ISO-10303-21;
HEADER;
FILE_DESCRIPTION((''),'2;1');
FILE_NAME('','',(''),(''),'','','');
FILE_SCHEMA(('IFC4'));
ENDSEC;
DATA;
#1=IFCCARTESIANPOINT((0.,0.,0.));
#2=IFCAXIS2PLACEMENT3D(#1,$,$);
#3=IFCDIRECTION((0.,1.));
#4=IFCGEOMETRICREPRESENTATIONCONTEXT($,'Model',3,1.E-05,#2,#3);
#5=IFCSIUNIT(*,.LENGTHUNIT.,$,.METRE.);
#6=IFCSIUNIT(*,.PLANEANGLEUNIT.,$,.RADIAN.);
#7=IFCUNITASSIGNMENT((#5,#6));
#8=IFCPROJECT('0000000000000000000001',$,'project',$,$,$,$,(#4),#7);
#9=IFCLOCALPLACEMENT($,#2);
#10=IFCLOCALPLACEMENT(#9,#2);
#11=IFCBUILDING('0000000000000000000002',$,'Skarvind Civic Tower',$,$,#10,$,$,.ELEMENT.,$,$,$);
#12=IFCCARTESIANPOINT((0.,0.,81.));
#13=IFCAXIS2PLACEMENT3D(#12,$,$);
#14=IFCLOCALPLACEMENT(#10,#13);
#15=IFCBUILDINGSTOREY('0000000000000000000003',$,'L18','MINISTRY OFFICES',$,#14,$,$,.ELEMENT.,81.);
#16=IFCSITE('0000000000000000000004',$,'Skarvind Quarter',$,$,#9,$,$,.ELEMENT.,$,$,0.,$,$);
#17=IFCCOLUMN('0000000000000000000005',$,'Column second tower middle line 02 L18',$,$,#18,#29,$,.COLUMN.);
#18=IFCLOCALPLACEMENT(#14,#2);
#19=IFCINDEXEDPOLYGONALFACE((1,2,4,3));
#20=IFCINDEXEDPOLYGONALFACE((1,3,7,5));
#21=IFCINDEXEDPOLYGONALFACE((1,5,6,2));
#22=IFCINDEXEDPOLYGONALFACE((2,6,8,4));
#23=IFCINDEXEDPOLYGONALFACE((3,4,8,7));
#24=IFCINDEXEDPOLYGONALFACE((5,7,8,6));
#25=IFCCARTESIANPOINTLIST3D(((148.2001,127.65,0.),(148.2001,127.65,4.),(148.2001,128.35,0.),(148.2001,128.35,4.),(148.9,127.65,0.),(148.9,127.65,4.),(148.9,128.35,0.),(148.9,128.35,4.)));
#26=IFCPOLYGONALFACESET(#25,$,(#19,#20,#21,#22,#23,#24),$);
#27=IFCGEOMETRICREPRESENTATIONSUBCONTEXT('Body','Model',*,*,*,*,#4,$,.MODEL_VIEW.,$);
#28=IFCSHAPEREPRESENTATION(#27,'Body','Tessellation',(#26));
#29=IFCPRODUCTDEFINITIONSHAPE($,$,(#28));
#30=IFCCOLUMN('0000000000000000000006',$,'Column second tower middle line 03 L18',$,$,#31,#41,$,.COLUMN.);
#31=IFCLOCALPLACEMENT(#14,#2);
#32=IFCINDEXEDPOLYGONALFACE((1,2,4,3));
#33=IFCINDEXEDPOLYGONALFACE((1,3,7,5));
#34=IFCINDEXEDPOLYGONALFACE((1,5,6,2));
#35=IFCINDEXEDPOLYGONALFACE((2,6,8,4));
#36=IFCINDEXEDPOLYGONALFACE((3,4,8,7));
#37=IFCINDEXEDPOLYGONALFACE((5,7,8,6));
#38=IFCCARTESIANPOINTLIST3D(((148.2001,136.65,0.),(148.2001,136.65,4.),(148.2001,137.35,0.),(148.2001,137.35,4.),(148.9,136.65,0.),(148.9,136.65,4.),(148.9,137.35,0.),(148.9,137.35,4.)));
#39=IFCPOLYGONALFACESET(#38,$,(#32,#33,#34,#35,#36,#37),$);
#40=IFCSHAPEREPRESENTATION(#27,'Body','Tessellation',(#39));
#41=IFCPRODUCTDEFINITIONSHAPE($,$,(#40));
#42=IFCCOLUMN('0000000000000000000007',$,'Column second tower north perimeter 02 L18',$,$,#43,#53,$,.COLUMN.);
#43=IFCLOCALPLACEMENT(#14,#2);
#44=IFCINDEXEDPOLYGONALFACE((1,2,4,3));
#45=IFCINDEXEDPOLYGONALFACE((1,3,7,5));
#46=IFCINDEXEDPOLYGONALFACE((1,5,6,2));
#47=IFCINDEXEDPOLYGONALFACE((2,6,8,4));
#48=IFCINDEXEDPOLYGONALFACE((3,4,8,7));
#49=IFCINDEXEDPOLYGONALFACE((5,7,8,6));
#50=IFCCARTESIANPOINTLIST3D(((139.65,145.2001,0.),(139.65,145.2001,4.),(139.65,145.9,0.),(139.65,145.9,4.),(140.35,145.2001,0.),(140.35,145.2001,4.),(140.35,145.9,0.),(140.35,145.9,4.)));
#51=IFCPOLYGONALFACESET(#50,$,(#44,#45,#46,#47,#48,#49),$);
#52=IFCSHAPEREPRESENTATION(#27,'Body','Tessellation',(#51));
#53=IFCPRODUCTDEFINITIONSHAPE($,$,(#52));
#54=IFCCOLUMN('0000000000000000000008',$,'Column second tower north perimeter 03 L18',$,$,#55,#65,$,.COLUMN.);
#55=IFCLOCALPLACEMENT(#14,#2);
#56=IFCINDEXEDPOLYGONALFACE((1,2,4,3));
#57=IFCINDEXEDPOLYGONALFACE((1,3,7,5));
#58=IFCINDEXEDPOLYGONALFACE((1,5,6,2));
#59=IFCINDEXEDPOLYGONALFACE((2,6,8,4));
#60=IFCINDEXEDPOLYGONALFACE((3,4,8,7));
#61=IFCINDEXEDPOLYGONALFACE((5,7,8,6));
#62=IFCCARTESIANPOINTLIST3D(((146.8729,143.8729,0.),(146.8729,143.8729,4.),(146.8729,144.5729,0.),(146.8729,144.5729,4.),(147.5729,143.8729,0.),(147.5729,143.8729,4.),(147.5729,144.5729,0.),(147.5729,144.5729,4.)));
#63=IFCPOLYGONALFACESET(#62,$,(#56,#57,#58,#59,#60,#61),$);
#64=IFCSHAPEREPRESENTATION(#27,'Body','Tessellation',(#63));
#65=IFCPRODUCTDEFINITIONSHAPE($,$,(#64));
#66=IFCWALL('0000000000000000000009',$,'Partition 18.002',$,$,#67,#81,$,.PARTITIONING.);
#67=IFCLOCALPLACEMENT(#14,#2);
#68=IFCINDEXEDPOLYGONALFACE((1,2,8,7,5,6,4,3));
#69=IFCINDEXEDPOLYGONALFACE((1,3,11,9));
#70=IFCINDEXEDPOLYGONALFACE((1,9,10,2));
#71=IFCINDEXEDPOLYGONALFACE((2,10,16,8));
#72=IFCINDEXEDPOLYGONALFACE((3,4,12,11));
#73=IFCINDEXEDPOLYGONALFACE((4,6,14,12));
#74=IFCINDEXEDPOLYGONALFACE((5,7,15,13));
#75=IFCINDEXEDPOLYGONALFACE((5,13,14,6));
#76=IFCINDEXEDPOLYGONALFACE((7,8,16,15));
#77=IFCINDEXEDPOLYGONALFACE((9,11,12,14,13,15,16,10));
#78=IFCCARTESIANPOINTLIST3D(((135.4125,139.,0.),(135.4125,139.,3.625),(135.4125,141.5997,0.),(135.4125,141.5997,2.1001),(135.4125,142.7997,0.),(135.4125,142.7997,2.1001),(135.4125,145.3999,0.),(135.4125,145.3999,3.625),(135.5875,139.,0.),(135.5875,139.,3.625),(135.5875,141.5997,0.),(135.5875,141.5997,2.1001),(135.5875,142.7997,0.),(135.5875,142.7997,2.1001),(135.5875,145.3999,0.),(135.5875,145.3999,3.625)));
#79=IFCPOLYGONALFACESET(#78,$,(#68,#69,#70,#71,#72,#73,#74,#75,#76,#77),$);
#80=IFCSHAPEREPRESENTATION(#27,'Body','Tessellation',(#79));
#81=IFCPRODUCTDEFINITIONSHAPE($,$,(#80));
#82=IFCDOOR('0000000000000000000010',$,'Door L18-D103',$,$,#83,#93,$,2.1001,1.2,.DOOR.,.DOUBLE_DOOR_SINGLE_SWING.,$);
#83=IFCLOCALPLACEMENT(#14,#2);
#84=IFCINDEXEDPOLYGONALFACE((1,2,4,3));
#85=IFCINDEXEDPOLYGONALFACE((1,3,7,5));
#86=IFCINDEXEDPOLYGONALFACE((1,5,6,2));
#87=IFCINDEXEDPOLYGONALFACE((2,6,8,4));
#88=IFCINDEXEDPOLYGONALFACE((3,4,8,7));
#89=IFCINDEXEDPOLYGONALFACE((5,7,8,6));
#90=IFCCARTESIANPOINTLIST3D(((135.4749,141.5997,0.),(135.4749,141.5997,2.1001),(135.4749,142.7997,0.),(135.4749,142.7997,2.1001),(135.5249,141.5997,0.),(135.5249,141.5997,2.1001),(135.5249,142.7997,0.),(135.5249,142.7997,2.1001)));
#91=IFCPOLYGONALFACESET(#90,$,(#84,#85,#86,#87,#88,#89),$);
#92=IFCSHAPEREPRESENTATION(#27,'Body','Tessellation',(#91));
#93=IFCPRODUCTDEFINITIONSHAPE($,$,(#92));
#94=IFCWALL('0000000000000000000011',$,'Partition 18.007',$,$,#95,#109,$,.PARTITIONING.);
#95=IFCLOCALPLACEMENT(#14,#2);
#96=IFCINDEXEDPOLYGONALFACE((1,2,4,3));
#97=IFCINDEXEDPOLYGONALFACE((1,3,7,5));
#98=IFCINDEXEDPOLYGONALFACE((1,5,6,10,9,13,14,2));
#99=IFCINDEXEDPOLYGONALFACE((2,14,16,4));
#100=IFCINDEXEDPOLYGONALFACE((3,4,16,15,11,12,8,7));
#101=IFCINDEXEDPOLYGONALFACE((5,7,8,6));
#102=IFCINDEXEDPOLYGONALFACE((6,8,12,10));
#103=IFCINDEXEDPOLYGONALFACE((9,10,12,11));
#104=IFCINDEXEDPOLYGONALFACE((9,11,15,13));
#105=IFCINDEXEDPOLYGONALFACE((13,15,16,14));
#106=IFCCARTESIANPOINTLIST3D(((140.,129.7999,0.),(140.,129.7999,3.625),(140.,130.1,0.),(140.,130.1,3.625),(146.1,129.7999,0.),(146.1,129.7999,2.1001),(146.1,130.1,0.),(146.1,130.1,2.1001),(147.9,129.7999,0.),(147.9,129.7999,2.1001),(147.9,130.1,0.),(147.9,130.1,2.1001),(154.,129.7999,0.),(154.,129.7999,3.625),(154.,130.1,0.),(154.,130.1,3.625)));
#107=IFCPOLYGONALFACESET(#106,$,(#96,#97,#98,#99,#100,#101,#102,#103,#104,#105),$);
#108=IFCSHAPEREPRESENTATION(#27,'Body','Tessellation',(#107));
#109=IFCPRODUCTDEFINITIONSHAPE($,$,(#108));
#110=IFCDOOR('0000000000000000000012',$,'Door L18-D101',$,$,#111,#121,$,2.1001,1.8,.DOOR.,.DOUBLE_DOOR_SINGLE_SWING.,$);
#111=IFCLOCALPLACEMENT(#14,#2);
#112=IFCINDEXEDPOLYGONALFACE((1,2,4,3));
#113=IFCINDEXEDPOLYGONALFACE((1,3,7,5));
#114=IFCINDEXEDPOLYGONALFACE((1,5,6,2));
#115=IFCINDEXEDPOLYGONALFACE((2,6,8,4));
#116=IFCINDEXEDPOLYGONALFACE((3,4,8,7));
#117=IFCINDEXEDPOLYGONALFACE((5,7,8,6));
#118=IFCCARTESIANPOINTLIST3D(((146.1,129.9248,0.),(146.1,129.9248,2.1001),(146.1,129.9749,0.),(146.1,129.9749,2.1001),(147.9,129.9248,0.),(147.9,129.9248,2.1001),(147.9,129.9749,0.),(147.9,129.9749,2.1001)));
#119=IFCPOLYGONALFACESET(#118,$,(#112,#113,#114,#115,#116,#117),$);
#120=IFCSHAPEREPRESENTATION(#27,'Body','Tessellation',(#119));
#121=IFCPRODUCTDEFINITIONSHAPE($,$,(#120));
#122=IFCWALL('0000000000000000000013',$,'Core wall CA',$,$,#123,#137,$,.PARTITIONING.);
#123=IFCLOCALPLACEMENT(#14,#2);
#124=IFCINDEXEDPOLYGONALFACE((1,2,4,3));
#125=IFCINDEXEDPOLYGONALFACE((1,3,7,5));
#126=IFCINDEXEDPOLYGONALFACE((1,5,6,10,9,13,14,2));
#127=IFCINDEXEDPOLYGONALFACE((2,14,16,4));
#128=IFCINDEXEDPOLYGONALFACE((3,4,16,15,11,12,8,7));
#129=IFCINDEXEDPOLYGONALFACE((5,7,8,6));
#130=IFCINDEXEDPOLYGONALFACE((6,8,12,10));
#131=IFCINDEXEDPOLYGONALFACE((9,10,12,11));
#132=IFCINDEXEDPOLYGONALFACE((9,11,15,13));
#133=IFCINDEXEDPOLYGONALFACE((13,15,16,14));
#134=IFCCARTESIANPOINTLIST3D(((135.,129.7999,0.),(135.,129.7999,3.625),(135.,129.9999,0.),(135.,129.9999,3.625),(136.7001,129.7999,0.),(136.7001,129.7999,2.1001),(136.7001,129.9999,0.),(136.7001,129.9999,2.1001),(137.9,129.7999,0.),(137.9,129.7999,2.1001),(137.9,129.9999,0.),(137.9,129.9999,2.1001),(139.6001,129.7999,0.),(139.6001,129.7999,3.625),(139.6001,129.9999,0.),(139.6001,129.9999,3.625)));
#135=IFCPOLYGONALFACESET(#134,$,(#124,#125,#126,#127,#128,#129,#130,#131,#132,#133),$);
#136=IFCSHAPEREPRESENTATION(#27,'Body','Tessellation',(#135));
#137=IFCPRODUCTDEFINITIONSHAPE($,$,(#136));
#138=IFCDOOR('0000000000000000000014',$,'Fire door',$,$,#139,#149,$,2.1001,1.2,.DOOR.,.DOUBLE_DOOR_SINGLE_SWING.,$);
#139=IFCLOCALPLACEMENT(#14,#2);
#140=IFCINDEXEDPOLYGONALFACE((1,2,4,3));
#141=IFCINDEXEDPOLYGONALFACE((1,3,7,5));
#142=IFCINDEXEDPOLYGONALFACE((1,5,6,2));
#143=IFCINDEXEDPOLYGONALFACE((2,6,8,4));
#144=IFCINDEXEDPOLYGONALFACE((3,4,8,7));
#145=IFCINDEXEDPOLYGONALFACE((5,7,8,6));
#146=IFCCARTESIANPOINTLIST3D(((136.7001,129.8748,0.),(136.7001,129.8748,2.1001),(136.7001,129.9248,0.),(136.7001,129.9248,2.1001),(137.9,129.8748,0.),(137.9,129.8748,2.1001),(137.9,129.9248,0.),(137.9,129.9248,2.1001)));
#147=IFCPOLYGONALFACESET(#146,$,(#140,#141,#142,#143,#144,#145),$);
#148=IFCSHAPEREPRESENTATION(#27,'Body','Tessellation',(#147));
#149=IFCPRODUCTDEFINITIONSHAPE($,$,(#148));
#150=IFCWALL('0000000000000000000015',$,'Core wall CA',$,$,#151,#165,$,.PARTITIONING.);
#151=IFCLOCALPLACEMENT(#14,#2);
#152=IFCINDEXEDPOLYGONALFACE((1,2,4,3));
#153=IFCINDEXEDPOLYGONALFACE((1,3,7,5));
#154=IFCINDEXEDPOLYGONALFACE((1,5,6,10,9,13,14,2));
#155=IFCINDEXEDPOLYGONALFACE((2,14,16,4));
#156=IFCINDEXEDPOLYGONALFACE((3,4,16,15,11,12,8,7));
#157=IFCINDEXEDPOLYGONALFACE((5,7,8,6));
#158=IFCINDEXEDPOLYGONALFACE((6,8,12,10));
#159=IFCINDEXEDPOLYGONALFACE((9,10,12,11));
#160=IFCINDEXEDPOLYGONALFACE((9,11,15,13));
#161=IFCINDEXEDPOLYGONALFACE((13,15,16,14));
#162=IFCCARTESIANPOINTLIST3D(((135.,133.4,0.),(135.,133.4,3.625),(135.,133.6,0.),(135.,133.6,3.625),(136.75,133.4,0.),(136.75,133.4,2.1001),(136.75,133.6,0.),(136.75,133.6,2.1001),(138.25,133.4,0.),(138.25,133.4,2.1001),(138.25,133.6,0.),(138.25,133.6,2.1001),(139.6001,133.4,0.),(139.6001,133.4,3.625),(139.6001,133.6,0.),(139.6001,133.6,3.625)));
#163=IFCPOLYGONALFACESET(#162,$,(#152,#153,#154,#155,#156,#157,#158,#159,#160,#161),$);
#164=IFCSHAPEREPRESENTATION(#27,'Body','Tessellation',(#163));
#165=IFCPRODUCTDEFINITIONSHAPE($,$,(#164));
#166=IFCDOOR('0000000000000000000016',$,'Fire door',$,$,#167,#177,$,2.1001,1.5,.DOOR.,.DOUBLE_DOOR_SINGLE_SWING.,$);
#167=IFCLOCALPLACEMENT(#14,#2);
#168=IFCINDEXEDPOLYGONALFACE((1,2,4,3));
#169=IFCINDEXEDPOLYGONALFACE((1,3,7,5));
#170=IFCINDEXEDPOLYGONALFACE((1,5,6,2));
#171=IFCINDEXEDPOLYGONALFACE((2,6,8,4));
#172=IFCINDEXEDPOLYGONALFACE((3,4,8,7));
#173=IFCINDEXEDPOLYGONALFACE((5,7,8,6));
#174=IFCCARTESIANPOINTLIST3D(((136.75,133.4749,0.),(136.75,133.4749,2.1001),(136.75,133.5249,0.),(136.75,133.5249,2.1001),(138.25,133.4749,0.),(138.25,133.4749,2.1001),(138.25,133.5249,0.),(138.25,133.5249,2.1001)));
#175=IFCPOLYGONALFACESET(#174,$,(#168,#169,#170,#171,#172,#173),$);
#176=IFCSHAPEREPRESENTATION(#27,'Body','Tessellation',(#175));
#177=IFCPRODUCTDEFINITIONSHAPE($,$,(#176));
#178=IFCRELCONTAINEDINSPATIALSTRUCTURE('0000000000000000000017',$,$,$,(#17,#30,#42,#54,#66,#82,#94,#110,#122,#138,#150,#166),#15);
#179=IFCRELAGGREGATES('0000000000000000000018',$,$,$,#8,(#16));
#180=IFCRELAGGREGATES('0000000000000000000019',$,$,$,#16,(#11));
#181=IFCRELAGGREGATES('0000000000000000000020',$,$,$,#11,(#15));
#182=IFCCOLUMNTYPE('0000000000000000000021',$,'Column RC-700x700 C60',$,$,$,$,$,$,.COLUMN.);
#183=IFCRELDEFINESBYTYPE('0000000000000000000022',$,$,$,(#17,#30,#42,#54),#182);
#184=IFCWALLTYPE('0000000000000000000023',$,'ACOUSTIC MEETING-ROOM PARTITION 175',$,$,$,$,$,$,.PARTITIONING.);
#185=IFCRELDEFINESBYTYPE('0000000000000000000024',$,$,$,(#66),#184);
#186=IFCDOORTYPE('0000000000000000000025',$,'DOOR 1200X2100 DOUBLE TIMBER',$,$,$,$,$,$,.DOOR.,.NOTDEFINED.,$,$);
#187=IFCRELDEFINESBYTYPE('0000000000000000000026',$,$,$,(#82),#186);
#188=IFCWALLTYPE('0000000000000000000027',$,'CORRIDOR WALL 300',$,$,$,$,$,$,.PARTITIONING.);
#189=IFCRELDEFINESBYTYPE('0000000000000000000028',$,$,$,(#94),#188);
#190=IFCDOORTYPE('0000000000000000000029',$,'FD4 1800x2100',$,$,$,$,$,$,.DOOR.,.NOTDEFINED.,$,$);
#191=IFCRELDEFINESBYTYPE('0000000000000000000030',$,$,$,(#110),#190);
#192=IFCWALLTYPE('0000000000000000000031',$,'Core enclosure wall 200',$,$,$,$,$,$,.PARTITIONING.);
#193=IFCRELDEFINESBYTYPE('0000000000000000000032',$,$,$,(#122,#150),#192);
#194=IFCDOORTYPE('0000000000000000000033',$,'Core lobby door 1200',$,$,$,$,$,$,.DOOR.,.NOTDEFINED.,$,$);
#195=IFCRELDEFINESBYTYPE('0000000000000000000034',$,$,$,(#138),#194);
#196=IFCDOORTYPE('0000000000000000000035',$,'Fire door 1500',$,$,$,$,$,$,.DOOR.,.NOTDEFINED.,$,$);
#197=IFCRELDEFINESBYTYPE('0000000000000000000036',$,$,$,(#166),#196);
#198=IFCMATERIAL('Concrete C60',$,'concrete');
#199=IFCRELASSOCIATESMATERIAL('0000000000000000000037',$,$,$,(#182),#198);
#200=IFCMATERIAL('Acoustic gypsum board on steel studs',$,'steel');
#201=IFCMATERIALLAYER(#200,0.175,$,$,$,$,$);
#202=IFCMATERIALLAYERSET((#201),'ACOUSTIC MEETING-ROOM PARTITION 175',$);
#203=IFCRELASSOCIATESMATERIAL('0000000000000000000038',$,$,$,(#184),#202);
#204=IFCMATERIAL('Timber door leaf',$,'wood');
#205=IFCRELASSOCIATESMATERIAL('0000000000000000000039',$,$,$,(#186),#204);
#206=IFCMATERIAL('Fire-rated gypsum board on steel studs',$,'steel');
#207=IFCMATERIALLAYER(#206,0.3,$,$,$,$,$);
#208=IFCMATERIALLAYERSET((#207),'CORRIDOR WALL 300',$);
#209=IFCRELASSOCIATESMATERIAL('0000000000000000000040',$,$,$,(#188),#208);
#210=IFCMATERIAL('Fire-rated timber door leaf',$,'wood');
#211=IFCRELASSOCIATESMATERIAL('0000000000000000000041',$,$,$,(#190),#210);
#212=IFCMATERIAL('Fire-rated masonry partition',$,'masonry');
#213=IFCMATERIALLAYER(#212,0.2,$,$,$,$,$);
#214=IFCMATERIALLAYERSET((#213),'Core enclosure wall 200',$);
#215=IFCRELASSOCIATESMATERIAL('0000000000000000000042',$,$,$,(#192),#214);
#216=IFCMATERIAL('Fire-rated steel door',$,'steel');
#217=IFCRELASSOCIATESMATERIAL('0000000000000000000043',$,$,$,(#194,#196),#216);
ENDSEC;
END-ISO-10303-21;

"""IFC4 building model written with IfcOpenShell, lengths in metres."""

from ifc_helpers import new_model, si_unit, direction, frame, frame_2d, origin, origin_2d, place, context, subcontext, project, spatial, rectangle, extrude, material, layer, layer_set, material_profile, profile_set, type_object, element, fill, save


model = new_model("IFC4")

# Units and contexts
model_context = context("Model", 3, precision=1e-05, world=origin(), true_north=direction((0.0, 1.0)))
body_context = subcontext(model_context, "Body", "Model", "MODEL_VIEW")
ifc_project = project(units=[si_unit("LENGTHUNIT", "METRE"), si_unit("PLANEANGLEUNIT", "RADIAN")], contexts=[model_context])

# Site, building, storey
site_placement = place(None, origin())
site = spatial("IfcSite", under=ifc_project, at=site_placement, Name="Skarvind Quarter", CompositionType="ELEMENT", RefElevation=0.0)
building_placement = place(site_placement, origin())
building = spatial("IfcBuilding", under=site, at=building_placement, Name="Skarvind Civic Tower", CompositionType="ELEMENT")
storey_placement = place(building_placement, frame((0.0, 0.0, 81.0)))
storey = spatial("IfcBuildingStorey", under=building, at=storey_placement, Name="L18", Description="MINISTRY OFFICES", CompositionType="ELEMENT", Elevation=81.0)

# Columns
ifc_material_1 = material(Name="Concrete C60", Category="concrete")
ifc_material_profile = material_profile(ifc_material_1, rectangle(XDim=0.7, YDim=0.7, at=origin_2d()), Name="RC-700x700")
ifc_profile_set = profile_set([ifc_material_profile], Name="Concrete C60")
column_type = type_object("IfcColumnType", Name="Column RC-700x700 C60", PredefinedType="COLUMN", material=ifc_profile_set)
for number, where, z_axis, x_axis, name in (
    (1, (148.55, 128.0, 0.0), (0.0, 0.0, 1.0), (1.0, 0.0, 0.0), "Column second tower middle line 02 L18"),
    (2, (148.55, 137.0, 0.0), (0.0, 0.0, 1.0), (1.0, 0.0, 0.0), "Column second tower middle line 03 L18"),
    (3, (140.0, 145.55, 0.0), (0.0, 0.0, 1.0), (1.0, 0.0, 0.0), "Column second tower north perimeter 02 L18"),
    (4, (147.2229, 144.2229, 0.0), (0.0, 0.0, 1.0), (1.0, 0.0, 0.0), "Column second tower north perimeter 03 L18"),
):
    element("IfcColumn", number, at=place(storey_placement, frame(where, z_axis=z_axis, x_axis=x_axis)), inside=storey, type_object=column_type, Name=name, PredefinedType="COLUMN", context=body_context, shape_type="SweptSolid", body=[
        extrude(rectangle(XDim=0.7, YDim=0.7, at=origin_2d()), origin(), (0.0, 0.0, 1.0), 4.0),
    ])

# Walls, openings, doors
ifc_material_2 = material(Name="Acoustic gypsum board on steel studs", Category="steel")
ifc_layer_1 = layer(ifc_material_2, 0.175)
ifc_layer_set_1 = layer_set([ifc_layer_1], Name="ACOUSTIC MEETING-ROOM PARTITION 175")
wall_type_1 = type_object("IfcWallType", Name="ACOUSTIC MEETING-ROOM PARTITION 175", PredefinedType="PARTITIONING", material=ifc_layer_set_1)
wall_1_placement = place(storey_placement, frame((135.5, 145.3999, 0.0), z_axis=(0.0, 0.0, 1.0), x_axis=(0.0, -1.0, 0.0)))
wall_1 = element("IfcWall", 5, at=wall_1_placement, inside=storey, type_object=wall_type_1, Name="Partition 18.002", PredefinedType="PARTITIONING", context=body_context, shape_type="SweptSolid", body=[
    extrude(rectangle(XDim=6.3999, YDim=0.175, at=frame_2d((3.2, 0.0))), origin(), (0.0, 0.0, 1.0), 3.625),
])
opening_1_placement = place(wall_1_placement, frame((2.6001, 0.0, 0.0)))
opening_1 = element("IfcOpeningElement", 6, at=opening_1_placement, cuts=wall_1, PredefinedType="OPENING", context=body_context, shape_type="SweptSolid", body=[
    extrude(rectangle(XDim=1.2, YDim=2.1001, at=frame_2d((0.6001, 1.05))), frame((0.0, 0.0974, 0.0), z_axis=(0.0, -1.0, 0.0), x_axis=(1.0, 0.0, 0.0)), (0.0, 0.0, 1.0), 0.1951),
])
ifc_material_3 = material(Name="Timber door leaf", Category="wood")
door_type_1 = type_object("IfcDoorType", Name="DOOR 1200X2100 DOUBLE TIMBER", OperationType="NOTDEFINED", PredefinedType="DOOR", material=ifc_material_3)
door_1_placement = place(opening_1_placement, origin())
door_1 = element("IfcDoor", 7, at=door_1_placement, inside=storey, type_object=door_type_1, Name="Door L18-D103", OperationType="DOUBLE_DOOR_SINGLE_SWING", OverallHeight=2.1001, OverallWidth=1.2, PredefinedType="DOOR", context=body_context, shape_type="SweptSolid", body=[
    extrude(rectangle(XDim=1.2, YDim=2.1001, at=frame_2d((0.6001, 1.05))), frame((0.0, 0.0249, 0.0), z_axis=(0.0, -1.0, 0.0), x_axis=(1.0, 0.0, 0.0)), (0.0, 0.0, 1.0), 0.05),
])
fill(opening_1, door_1)
ifc_material_4 = material(Name="Fire-rated gypsum board on steel studs", Category="steel")
ifc_layer_2 = layer(ifc_material_4, 0.3)
ifc_layer_set_2 = layer_set([ifc_layer_2], Name="CORRIDOR WALL 300")
wall_type_2 = type_object("IfcWallType", Name="CORRIDOR WALL 300", PredefinedType="PARTITIONING", material=ifc_layer_set_2)
wall_2_placement = place(storey_placement, frame((140.0, 129.95, 0.0), z_axis=(0.0, 0.0, 1.0), x_axis=(1.0, 0.0, 0.0)))
wall_2 = element("IfcWall", 8, at=wall_2_placement, inside=storey, type_object=wall_type_2, Name="Partition 18.007", PredefinedType="PARTITIONING", context=body_context, shape_type="SweptSolid", body=[
    extrude(rectangle(XDim=14.0, YDim=0.3, at=frame_2d((7.0, 0.0))), origin(), (0.0, 0.0, 1.0), 3.625),
])
opening_2_placement = place(wall_2_placement, frame((6.1001, 0.0, 0.0)))
opening_2 = element("IfcOpeningElement", 9, at=opening_2_placement, cuts=wall_2, PredefinedType="OPENING", context=body_context, shape_type="SweptSolid", body=[
    extrude(rectangle(XDim=1.8, YDim=2.1001, at=frame_2d((0.8999, 1.05))), frame((0.0, 0.1599, 0.0), z_axis=(0.0, -1.0, 0.0), x_axis=(1.0, 0.0, 0.0)), (0.0, 0.0, 1.0), 0.3201),
])
ifc_material_5 = material(Name="Fire-rated timber door leaf", Category="wood")
door_type_2 = type_object("IfcDoorType", Name="FD4 1800x2100", OperationType="NOTDEFINED", PredefinedType="DOOR", material=ifc_material_5)
door_2_placement = place(opening_2_placement, origin())
door_2 = element("IfcDoor", 10, at=door_2_placement, inside=storey, type_object=door_type_2, Name="Door L18-D101", OperationType="DOUBLE_DOOR_SINGLE_SWING", OverallHeight=2.1001, OverallWidth=1.8, PredefinedType="DOOR", context=body_context, shape_type="SweptSolid", body=[
    extrude(rectangle(XDim=1.8, YDim=2.1001, at=frame_2d((0.8999, 1.05))), frame((0.0, 0.0249, 0.0), z_axis=(0.0, -1.0, 0.0), x_axis=(1.0, 0.0, 0.0)), (0.0, 0.0, 1.0), 0.05),
])
fill(opening_2, door_2)
ifc_material_6 = material(Name="Fire-rated masonry partition", Category="masonry")
ifc_layer_3 = layer(ifc_material_6, 0.2)
ifc_layer_set_3 = layer_set([ifc_layer_3], Name="Core enclosure wall 200")
wall_type_3 = type_object("IfcWallType", Name="Core enclosure wall 200", PredefinedType="PARTITIONING", material=ifc_layer_set_3)
wall_3_placement = place(storey_placement, frame((135.0, 129.8999, 0.0), z_axis=(0.0, 0.0, 1.0), x_axis=(1.0, 0.0, 0.0)))
wall_3 = element("IfcWall", 11, at=wall_3_placement, inside=storey, type_object=wall_type_3, Name="Core wall CA", PredefinedType="PARTITIONING", context=body_context, shape_type="SweptSolid", body=[
    extrude(rectangle(XDim=4.6001, YDim=0.2, at=frame_2d((2.3, 0.0))), origin(), (0.0, 0.0, 1.0), 3.625),
])
opening_3_placement = place(wall_3_placement, frame((1.7, 0.0, 0.0)))
opening_3 = element("IfcOpeningElement", 12, at=opening_3_placement, cuts=wall_3, PredefinedType="OPENING", context=body_context, shape_type="SweptSolid", body=[
    extrude(rectangle(XDim=1.2, YDim=2.1001, at=frame_2d((0.6001, 1.05))), frame((0.0, 0.1099, 0.0), z_axis=(0.0, -1.0, 0.0), x_axis=(1.0, 0.0, 0.0)), (0.0, 0.0, 1.0), 0.22),
])
ifc_material_7 = material(Name="Fire-rated steel door", Category="steel")
door_type_3 = type_object("IfcDoorType", Name="Core lobby door 1200", OperationType="NOTDEFINED", PredefinedType="DOOR", material=ifc_material_7)
door_3_placement = place(opening_3_placement, origin())
door_3 = element("IfcDoor", 13, at=door_3_placement, inside=storey, type_object=door_type_3, Name="Fire door", OperationType="DOUBLE_DOOR_SINGLE_SWING", OverallHeight=2.1001, OverallWidth=1.2, PredefinedType="DOOR", context=body_context, shape_type="SweptSolid", body=[
    extrude(rectangle(XDim=1.2, YDim=2.1001, at=frame_2d((0.6001, 1.05))), frame((0.0, 0.0249, 0.0), z_axis=(0.0, -1.0, 0.0), x_axis=(1.0, 0.0, 0.0)), (0.0, 0.0, 1.0), 0.05),
])
fill(opening_3, door_3)
wall_4_placement = place(storey_placement, frame((135.0, 133.5, 0.0), z_axis=(0.0, 0.0, 1.0), x_axis=(1.0, 0.0, 0.0)))
wall_4 = element("IfcWall", 14, at=wall_4_placement, inside=storey, type_object=wall_type_3, Name="Core wall CA", PredefinedType="PARTITIONING", context=body_context, shape_type="SweptSolid", body=[
    extrude(rectangle(XDim=4.6001, YDim=0.2, at=frame_2d((2.3, 0.0))), origin(), (0.0, 0.0, 1.0), 3.625),
])
opening_4_placement = place(wall_4_placement, frame((1.75, 0.0, 0.0)))
opening_4 = element("IfcOpeningElement", 15, at=opening_4_placement, cuts=wall_4, PredefinedType="OPENING", context=body_context, shape_type="SweptSolid", body=[
    extrude(rectangle(XDim=1.5, YDim=2.1001, at=frame_2d((0.75, 1.05))), frame((0.0, 0.1099, 0.0), z_axis=(0.0, -1.0, 0.0), x_axis=(1.0, 0.0, 0.0)), (0.0, 0.0, 1.0), 0.22),
])
door_type_4 = type_object("IfcDoorType", Name="Fire door 1500", OperationType="NOTDEFINED", PredefinedType="DOOR", material=ifc_material_7)
door_4_placement = place(opening_4_placement, origin())
door_4 = element("IfcDoor", 16, at=door_4_placement, inside=storey, type_object=door_type_4, Name="Fire door", OperationType="DOUBLE_DOOR_SINGLE_SWING", OverallHeight=2.1001, OverallWidth=1.5, PredefinedType="DOOR", context=body_context, shape_type="SweptSolid", body=[
    extrude(rectangle(XDim=1.5, YDim=2.1001, at=frame_2d((0.75, 1.05))), frame((0.0, 0.0249, 0.0), z_axis=(0.0, -1.0, 0.0), x_axis=(1.0, 0.0, 0.0)), (0.0, 0.0, 1.0), 0.05),
])
fill(opening_4, door_4)

save(model, "model.ifc")
